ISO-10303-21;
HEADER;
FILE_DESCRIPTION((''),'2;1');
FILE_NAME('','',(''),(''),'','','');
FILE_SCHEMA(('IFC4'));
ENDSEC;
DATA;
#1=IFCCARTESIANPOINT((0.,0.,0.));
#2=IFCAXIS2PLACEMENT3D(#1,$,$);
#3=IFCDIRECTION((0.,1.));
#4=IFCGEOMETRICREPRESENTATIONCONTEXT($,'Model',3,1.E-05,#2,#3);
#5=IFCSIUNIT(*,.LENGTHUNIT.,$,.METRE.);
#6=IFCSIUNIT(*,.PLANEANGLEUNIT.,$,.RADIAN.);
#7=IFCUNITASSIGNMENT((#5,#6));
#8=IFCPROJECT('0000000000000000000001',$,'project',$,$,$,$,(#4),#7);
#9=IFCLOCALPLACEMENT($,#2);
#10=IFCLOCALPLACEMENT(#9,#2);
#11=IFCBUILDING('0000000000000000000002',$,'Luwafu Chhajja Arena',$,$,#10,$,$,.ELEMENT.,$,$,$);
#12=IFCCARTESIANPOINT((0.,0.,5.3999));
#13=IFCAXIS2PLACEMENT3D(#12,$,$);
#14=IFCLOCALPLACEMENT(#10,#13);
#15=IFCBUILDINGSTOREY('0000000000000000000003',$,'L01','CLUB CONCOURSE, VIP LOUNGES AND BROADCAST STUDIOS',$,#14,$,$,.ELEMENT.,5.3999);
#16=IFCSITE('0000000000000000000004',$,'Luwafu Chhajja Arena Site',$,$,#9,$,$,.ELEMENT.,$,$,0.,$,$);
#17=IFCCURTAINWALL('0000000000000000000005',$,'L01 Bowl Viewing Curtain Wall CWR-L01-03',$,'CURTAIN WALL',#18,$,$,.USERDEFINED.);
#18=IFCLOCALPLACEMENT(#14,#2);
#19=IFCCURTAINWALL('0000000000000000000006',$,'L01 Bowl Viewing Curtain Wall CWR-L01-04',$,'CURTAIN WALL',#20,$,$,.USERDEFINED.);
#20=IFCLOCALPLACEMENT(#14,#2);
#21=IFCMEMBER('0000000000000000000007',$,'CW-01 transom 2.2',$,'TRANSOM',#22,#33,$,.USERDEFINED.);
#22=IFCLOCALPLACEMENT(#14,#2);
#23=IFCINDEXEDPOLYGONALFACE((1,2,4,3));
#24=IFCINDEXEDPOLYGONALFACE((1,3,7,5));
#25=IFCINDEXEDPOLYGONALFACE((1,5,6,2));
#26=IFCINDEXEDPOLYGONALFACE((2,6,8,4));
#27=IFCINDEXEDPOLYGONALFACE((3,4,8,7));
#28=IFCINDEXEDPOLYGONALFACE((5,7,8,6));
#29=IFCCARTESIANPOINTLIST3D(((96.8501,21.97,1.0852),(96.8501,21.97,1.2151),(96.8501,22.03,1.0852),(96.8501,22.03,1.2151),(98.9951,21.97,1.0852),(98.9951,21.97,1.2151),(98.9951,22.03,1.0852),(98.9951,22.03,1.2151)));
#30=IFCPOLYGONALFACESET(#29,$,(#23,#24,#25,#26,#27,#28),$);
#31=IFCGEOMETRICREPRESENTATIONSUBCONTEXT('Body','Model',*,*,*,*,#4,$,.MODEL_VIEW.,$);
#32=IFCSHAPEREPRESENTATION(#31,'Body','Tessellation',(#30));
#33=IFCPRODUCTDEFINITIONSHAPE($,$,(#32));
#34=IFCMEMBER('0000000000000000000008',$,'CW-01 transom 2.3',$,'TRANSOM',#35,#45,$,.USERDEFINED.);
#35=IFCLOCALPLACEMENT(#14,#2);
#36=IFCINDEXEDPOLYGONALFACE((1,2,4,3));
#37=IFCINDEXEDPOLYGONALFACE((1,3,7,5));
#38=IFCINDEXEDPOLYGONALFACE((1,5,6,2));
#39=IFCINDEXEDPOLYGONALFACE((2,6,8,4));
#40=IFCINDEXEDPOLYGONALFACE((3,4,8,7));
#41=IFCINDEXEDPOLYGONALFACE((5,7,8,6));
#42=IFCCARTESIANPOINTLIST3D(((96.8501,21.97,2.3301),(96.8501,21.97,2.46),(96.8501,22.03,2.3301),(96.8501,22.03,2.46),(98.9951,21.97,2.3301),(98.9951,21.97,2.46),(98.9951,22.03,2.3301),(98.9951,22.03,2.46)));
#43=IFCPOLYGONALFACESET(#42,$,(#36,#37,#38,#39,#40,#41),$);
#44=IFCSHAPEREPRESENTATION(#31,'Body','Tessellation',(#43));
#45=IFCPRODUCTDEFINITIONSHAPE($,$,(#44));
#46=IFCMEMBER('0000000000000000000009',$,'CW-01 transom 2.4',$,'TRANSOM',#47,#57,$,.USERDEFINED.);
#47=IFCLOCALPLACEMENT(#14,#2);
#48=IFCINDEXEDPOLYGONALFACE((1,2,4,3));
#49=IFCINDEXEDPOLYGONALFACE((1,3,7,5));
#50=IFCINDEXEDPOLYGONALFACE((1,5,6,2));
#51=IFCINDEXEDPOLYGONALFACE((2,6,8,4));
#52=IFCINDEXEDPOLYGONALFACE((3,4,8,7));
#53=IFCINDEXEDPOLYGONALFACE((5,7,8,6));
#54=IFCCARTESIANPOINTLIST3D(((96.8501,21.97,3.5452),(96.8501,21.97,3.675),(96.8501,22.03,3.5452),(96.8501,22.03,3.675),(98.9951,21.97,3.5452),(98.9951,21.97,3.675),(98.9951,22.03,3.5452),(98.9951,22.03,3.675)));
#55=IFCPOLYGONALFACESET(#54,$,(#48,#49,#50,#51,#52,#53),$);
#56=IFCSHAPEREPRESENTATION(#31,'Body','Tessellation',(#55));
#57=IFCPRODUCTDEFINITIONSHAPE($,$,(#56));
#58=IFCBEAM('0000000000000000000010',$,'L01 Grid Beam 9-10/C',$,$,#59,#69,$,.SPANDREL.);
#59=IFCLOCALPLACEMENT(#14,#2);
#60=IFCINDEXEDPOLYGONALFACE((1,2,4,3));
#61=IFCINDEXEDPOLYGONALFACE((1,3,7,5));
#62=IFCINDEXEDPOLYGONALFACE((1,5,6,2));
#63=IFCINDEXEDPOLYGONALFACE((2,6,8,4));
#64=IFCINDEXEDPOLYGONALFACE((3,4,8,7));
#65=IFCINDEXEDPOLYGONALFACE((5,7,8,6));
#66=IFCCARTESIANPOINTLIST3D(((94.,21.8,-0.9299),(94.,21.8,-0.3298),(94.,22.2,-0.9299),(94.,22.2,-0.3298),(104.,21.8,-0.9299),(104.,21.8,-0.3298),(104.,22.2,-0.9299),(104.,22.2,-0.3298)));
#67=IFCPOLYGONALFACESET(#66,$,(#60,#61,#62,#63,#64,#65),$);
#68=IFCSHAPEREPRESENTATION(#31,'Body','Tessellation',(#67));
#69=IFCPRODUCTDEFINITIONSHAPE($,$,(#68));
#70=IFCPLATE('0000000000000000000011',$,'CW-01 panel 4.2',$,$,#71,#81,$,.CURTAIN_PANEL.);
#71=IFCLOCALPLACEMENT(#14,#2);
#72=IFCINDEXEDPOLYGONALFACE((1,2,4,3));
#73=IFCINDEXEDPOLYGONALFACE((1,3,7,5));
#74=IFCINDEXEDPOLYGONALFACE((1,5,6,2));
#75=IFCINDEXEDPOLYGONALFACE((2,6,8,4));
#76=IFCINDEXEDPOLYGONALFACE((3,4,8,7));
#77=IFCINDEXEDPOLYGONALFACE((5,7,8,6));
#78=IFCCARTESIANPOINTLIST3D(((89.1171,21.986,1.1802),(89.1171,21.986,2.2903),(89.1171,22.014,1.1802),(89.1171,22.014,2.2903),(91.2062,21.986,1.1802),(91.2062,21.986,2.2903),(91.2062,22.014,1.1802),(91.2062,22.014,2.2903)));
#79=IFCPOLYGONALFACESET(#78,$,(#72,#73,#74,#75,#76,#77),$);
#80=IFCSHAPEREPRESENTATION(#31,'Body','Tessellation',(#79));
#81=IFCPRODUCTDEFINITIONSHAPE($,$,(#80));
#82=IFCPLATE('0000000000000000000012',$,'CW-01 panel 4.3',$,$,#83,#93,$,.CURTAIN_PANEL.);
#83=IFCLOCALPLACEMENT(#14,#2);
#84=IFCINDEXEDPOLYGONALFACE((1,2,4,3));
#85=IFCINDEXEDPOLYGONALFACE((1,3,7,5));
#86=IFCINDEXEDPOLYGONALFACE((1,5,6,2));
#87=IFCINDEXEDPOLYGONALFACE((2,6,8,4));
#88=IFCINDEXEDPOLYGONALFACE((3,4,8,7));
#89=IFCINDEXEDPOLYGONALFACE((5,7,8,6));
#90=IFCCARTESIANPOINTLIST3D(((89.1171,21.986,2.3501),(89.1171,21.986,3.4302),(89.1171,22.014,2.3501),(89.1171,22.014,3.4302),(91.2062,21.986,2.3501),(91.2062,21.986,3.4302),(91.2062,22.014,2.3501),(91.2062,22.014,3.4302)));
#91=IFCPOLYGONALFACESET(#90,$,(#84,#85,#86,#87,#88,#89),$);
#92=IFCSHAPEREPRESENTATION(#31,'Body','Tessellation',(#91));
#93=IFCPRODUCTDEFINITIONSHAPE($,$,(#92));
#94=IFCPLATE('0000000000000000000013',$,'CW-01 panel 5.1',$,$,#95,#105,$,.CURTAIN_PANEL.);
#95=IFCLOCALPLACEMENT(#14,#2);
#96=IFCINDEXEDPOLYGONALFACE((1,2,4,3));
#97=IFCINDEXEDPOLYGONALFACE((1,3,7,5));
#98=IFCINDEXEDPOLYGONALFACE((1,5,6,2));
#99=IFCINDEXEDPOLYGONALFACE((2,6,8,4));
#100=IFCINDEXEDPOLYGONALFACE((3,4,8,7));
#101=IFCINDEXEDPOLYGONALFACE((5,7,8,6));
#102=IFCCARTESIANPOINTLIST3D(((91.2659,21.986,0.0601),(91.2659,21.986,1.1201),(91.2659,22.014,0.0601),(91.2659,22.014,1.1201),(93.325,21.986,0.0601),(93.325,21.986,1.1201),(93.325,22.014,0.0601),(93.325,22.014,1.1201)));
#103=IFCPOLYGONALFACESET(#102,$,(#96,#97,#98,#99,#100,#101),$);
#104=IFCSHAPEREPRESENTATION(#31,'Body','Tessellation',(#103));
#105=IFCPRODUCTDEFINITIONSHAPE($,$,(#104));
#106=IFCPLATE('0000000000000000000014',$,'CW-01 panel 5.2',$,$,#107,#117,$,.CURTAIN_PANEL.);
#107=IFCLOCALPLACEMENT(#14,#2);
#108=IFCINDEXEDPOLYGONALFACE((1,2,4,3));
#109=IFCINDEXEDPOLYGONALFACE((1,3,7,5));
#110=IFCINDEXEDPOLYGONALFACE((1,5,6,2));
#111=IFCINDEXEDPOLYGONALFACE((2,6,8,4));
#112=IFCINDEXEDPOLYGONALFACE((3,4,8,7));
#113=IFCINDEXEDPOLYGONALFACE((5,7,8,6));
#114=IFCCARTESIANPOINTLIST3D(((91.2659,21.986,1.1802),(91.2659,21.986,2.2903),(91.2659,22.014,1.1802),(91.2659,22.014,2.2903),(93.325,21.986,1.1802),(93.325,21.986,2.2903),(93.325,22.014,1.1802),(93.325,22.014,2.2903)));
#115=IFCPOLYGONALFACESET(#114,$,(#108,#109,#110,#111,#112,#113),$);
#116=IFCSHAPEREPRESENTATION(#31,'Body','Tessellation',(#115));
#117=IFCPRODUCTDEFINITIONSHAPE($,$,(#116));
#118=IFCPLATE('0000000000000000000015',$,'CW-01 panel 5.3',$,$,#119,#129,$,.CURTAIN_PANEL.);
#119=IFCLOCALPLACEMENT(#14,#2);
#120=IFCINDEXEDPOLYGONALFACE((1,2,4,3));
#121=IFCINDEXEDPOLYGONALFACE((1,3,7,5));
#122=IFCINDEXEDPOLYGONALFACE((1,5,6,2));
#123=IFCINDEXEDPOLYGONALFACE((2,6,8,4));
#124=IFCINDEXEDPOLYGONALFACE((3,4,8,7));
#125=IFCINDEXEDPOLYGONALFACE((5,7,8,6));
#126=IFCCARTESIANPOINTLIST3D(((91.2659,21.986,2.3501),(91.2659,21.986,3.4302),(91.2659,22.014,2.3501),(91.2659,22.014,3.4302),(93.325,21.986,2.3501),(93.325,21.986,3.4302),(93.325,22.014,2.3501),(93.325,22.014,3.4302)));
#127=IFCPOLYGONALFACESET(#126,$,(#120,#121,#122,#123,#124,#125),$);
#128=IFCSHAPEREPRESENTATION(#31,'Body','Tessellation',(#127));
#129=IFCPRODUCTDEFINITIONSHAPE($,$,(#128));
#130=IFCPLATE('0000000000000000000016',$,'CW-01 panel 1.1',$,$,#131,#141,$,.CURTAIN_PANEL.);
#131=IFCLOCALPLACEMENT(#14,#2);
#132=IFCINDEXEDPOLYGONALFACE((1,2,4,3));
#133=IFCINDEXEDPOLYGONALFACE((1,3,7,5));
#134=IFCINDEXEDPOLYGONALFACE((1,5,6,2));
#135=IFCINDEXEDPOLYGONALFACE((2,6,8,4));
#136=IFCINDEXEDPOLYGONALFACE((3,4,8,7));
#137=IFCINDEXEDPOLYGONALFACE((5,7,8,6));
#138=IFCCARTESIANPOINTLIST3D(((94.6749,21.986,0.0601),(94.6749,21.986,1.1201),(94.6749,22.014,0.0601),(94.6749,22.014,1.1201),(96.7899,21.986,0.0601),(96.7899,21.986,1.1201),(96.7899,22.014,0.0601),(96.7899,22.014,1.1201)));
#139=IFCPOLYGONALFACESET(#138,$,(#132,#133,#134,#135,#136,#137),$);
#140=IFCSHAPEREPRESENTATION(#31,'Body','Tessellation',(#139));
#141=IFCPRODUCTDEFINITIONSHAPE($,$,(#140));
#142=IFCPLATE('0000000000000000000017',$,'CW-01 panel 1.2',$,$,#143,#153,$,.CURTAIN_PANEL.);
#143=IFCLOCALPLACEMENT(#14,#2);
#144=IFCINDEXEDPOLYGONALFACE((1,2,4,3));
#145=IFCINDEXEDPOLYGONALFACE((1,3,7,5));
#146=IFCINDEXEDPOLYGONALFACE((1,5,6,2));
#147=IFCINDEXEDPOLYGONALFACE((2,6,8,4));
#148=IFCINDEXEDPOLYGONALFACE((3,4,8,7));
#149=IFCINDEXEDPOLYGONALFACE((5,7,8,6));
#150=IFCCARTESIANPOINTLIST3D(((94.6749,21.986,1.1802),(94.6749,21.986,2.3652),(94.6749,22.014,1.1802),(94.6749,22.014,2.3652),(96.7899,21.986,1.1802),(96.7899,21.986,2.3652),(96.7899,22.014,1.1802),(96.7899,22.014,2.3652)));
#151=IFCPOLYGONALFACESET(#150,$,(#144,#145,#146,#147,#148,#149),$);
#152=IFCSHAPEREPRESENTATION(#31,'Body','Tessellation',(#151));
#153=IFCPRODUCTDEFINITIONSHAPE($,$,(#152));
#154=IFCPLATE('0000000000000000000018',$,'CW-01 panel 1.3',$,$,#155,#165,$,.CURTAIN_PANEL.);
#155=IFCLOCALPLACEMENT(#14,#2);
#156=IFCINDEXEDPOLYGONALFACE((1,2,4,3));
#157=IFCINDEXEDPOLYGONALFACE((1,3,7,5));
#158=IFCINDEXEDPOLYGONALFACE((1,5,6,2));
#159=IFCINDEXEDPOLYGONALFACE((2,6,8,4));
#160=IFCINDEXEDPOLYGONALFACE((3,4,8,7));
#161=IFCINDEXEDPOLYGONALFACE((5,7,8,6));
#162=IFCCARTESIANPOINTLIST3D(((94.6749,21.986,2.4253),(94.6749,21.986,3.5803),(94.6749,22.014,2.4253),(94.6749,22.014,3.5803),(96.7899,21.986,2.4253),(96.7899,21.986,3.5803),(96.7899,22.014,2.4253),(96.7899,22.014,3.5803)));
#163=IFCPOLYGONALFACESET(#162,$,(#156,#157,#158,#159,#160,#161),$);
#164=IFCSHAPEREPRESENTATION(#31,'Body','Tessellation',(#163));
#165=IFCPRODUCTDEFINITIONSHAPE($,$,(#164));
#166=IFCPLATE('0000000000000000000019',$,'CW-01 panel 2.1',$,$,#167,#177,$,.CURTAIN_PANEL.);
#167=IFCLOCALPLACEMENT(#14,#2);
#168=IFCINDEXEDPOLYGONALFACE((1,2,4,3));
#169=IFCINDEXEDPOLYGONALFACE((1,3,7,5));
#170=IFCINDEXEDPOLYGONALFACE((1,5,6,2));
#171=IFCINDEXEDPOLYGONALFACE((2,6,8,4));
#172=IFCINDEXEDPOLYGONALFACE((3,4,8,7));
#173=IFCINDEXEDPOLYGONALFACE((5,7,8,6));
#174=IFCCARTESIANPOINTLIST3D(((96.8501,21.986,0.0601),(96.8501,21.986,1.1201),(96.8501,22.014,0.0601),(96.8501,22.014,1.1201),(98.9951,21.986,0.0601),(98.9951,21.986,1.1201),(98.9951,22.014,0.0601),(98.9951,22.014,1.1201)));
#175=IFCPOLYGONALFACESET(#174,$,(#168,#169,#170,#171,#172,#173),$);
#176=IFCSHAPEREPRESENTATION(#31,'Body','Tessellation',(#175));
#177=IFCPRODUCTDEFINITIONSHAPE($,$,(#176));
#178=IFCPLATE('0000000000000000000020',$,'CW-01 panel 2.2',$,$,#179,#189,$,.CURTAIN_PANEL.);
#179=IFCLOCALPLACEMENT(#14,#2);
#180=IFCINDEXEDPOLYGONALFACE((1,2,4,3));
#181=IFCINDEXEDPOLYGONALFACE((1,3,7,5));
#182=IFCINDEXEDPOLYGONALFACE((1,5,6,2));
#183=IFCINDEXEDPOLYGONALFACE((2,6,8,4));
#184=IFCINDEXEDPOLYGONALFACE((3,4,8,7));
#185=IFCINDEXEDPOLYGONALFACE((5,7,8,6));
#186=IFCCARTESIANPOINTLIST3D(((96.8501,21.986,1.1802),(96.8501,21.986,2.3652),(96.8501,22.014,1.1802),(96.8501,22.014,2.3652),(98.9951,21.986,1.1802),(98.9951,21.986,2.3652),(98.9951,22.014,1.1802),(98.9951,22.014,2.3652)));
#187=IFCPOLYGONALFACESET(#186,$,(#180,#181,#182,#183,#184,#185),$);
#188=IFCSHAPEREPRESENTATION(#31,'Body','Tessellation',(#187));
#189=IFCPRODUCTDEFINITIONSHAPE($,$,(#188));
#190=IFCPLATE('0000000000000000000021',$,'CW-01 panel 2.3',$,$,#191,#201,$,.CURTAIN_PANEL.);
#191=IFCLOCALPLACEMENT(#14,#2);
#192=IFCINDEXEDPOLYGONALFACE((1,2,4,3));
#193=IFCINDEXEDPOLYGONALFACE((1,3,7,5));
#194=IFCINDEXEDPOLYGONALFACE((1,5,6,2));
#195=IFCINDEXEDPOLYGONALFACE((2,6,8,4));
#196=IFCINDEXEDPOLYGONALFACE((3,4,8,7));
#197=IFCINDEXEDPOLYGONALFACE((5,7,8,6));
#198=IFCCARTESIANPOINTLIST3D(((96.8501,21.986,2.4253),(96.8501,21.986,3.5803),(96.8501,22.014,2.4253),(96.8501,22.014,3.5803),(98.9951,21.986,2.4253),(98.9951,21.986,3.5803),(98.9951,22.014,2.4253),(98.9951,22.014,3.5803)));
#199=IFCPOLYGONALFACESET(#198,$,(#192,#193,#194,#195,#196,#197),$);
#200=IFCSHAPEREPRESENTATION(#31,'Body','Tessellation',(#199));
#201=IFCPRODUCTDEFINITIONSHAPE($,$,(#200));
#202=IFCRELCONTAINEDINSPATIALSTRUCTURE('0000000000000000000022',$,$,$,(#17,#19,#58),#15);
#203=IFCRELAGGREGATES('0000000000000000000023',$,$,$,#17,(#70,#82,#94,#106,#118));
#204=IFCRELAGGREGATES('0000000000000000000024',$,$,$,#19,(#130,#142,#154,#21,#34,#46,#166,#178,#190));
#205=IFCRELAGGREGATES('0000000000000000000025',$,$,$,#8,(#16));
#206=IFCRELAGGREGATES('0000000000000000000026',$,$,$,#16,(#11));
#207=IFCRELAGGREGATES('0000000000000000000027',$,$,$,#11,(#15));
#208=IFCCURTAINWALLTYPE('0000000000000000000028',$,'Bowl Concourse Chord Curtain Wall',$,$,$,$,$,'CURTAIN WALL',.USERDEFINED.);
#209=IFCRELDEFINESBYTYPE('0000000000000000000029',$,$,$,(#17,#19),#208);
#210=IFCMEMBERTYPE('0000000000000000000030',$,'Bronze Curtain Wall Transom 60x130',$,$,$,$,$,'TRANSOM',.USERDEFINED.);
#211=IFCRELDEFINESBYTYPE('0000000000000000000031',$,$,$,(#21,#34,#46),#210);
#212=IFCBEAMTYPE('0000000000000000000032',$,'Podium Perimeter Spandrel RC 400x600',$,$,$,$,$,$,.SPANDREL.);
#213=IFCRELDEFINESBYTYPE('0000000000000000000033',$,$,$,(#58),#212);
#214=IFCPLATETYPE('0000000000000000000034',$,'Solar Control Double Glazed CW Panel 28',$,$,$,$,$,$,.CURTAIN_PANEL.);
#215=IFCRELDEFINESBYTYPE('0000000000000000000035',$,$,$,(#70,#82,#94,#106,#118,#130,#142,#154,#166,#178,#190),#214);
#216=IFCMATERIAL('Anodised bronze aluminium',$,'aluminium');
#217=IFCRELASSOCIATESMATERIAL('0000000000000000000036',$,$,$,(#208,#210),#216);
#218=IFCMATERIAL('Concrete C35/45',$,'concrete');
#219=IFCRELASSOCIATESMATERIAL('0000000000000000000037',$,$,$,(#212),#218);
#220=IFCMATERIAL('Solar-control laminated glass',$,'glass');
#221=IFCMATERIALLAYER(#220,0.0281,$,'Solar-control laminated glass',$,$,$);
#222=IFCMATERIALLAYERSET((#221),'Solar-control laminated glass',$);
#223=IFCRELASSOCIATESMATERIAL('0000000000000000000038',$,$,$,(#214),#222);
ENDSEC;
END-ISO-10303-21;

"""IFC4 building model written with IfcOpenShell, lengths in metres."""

from ifc_helpers import new_model, si_unit, direction, frame, origin, origin_2d, place, context, subcontext, project, spatial, rectangle, extrude, material, layer, layer_set, material_profile, profile_set, type_object, element, aggregate, save


model = new_model("IFC4")

# Units and contexts
model_context = context("Model", 3, precision=1e-05, world=origin(), true_north=direction((0.0, 1.0)))
body_context = subcontext(model_context, "Body", "Model", "MODEL_VIEW")
ifc_project = project(units=[si_unit("LENGTHUNIT", "METRE"), si_unit("PLANEANGLEUNIT", "RADIAN")], contexts=[model_context])

# Site, building, storey
site_placement = place(None, origin())
site = spatial("IfcSite", under=ifc_project, at=site_placement, Name="Luwafu Chhajja Arena Site", CompositionType="ELEMENT", RefElevation=0.0)
building_placement = place(site_placement, origin())
building = spatial("IfcBuilding", under=site, at=building_placement, Name="Luwafu Chhajja Arena", CompositionType="ELEMENT")
storey_placement = place(building_placement, frame((0.0, 0.0, 5.3999)))
storey = spatial("IfcBuildingStorey", under=building, at=storey_placement, Name="L01", Description="CLUB CONCOURSE, VIP LOUNGES AND BROADCAST STUDIOS", CompositionType="ELEMENT", Elevation=5.3999)

# Curtain walls
ifc_material_1 = material(Name="Anodised bronze aluminium", Category="aluminium")
curtain_wall_type = type_object("IfcCurtainWallType", Name="Bowl Concourse Chord Curtain Wall", ElementType="CURTAIN WALL", PredefinedType="USERDEFINED", material=ifc_material_1)
curtain_wall_1_placement = place(storey_placement, origin())
curtain_wall_1 = element("IfcCurtainWall", 1, at=curtain_wall_1_placement, inside=storey, type_object=curtain_wall_type, Name="L01 Bowl Viewing Curtain Wall CWR-L01-03", ObjectType="CURTAIN WALL", PredefinedType="USERDEFINED")
curtain_wall_2_placement = place(storey_placement, origin())
curtain_wall_2 = element("IfcCurtainWall", 2, at=curtain_wall_2_placement, inside=storey, type_object=curtain_wall_type, Name="L01 Bowl Viewing Curtain Wall CWR-L01-04", ObjectType="CURTAIN WALL", PredefinedType="USERDEFINED")

# Members
ifc_material_profile_1 = material_profile(ifc_material_1, rectangle(XDim=0.0601, YDim=0.1299, at=origin_2d()), Name="CWT 60x130")
ifc_profile_set_1 = profile_set([ifc_material_profile_1], Name="Anodised bronze aluminium")
member_type_1 = type_object("IfcMemberType", Name="Bronze Curtain Wall Transom 60x130", ElementType="TRANSOM", PredefinedType="USERDEFINED", material=ifc_profile_set_1)
member_1_placement = place(storey_placement, frame((96.8501, 22.0, 1.1501), z_axis=(1.0, 0.0, 0.0), x_axis=(0.0, 1.0, 0.0)))
member_1 = element("IfcMember", 3, at=member_1_placement, type_object=member_type_1, Name="CW-01 transom 2.2", ObjectType="TRANSOM", PredefinedType="USERDEFINED", context=body_context, shape_type="SweptSolid", body=[
    extrude(rectangle(XDim=0.0601, YDim=0.1299, at=origin_2d()), origin(), (0.0, 0.0, 1.0), 2.145),
])
member_2_placement = place(storey_placement, frame((96.8501, 22.0, 2.395), z_axis=(1.0, 0.0, 0.0), x_axis=(0.0, 1.0, 0.0)))
member_2 = element("IfcMember", 4, at=member_2_placement, type_object=member_type_1, Name="CW-01 transom 2.3", ObjectType="TRANSOM", PredefinedType="USERDEFINED", context=body_context, shape_type="SweptSolid", body=[
    extrude(rectangle(XDim=0.0601, YDim=0.1299, at=origin_2d()), origin(), (0.0, 0.0, 1.0), 2.145),
])
member_3_placement = place(storey_placement, frame((96.8501, 22.0, 3.6101), z_axis=(1.0, 0.0, 0.0), x_axis=(0.0, 1.0, 0.0)))
member_3 = element("IfcMember", 5, at=member_3_placement, type_object=member_type_1, Name="CW-01 transom 2.4", ObjectType="TRANSOM", PredefinedType="USERDEFINED", context=body_context, shape_type="SweptSolid", body=[
    extrude(rectangle(XDim=0.0601, YDim=0.1299, at=origin_2d()), origin(), (0.0, 0.0, 1.0), 2.145),
])

# Beam
ifc_material_2 = material(Name="Concrete C35/45", Category="concrete")
ifc_material_profile_2 = material_profile(ifc_material_2, rectangle(XDim=0.3999, YDim=0.6001, at=origin_2d()), Name="RC 400x600")
ifc_profile_set_2 = profile_set([ifc_material_profile_2], Name="Concrete C35/45")
beam_type = type_object("IfcBeamType", Name="Podium Perimeter Spandrel RC 400x600", PredefinedType="SPANDREL", material=ifc_profile_set_2)
beam_placement = place(storey_placement, frame((94.0, 22.0, -0.6299), z_axis=(1.0, 0.0, 0.0), x_axis=(0.0, 1.0, 0.0)))
element("IfcBeam", 6, at=beam_placement, inside=storey, type_object=beam_type, Name="L01 Grid Beam 9-10/C", PredefinedType="SPANDREL", context=body_context, shape_type="SweptSolid", body=[
    extrude(rectangle(XDim=0.3999, YDim=0.6001, at=origin_2d()), origin(), (0.0, 0.0, 1.0), 10.0),
])

# Plates
ifc_material_3 = material(Name="Solar-control laminated glass", Category="glass")
ifc_layer = layer(ifc_material_3, 0.0281, Name="Solar-control laminated glass")
ifc_layer_set = layer_set([ifc_layer], Name="Solar-control laminated glass")
plate_type = type_object("IfcPlateType", Name="Solar Control Double Glazed CW Panel 28", PredefinedType="CURTAIN_PANEL", material=ifc_layer_set)
plate_1_placement = place(storey_placement, frame((90.1616, 22.0, 1.1802), z_axis=(0.0, 0.0, 1.0), x_axis=(1.0, 0.0, 0.0)))
plate_1 = element("IfcPlate", 7, at=plate_1_placement, type_object=plate_type, Name="CW-01 panel 4.2", PredefinedType="CURTAIN_PANEL", context=body_context, shape_type="SweptSolid", body=[
    extrude(rectangle(XDim=2.0891, YDim=0.0281, at=origin_2d()), origin(), (0.0, 0.0, 1.0), 1.1101),
])
plate_2_placement = place(storey_placement, frame((90.1616, 22.0, 2.3501), z_axis=(0.0, 0.0, 1.0), x_axis=(1.0, 0.0, 0.0)))
plate_2 = element("IfcPlate", 8, at=plate_2_placement, type_object=plate_type, Name="CW-01 panel 4.3", PredefinedType="CURTAIN_PANEL", context=body_context, shape_type="SweptSolid", body=[
    extrude(rectangle(XDim=2.0891, YDim=0.0281, at=origin_2d()), origin(), (0.0, 0.0, 1.0), 1.0801),
])
plate_3_placement = place(storey_placement, frame((92.2954, 22.0, 0.0601), z_axis=(0.0, 0.0, 1.0), x_axis=(1.0, 0.0, 0.0)))
plate_3 = element("IfcPlate", 9, at=plate_3_placement, type_object=plate_type, Name="CW-01 panel 5.1", PredefinedType="CURTAIN_PANEL", context=body_context, shape_type="SweptSolid", body=[
    extrude(rectangle(XDim=2.0591, YDim=0.0281, at=origin_2d()), origin(), (0.0, 0.0, 1.0), 1.0601),
])
plate_4_placement = place(storey_placement, frame((92.2954, 22.0, 1.1802), z_axis=(0.0, 0.0, 1.0), x_axis=(1.0, 0.0, 0.0)))
plate_4 = element("IfcPlate", 10, at=plate_4_placement, type_object=plate_type, Name="CW-01 panel 5.2", PredefinedType="CURTAIN_PANEL", context=body_context, shape_type="SweptSolid", body=[
    extrude(rectangle(XDim=2.0591, YDim=0.0281, at=origin_2d()), origin(), (0.0, 0.0, 1.0), 1.1101),
])
plate_5_placement = place(storey_placement, frame((92.2954, 22.0, 2.3501), z_axis=(0.0, 0.0, 1.0), x_axis=(1.0, 0.0, 0.0)))
plate_5 = element("IfcPlate", 11, at=plate_5_placement, type_object=plate_type, Name="CW-01 panel 5.3", PredefinedType="CURTAIN_PANEL", context=body_context, shape_type="SweptSolid", body=[
    extrude(rectangle(XDim=2.0591, YDim=0.0281, at=origin_2d()), origin(), (0.0, 0.0, 1.0), 1.0801),
])
aggregate(curtain_wall_1, [plate_1, plate_2, plate_3, plate_4, plate_5])
plate_6_placement = place(storey_placement, frame((95.7324, 22.0, 0.0601), z_axis=(0.0, 0.0, 1.0), x_axis=(1.0, 0.0, 0.0)))
plate_6 = element("IfcPlate", 12, at=plate_6_placement, type_object=plate_type, Name="CW-01 panel 1.1", PredefinedType="CURTAIN_PANEL", context=body_context, shape_type="SweptSolid", body=[
    extrude(rectangle(XDim=2.115, YDim=0.0281, at=origin_2d()), origin(), (0.0, 0.0, 1.0), 1.0601),
])
plate_7_placement = place(storey_placement, frame((95.7324, 22.0, 1.1802), z_axis=(0.0, 0.0, 1.0), x_axis=(1.0, 0.0, 0.0)))
plate_7 = element("IfcPlate", 13, at=plate_7_placement, type_object=plate_type, Name="CW-01 panel 1.2", PredefinedType="CURTAIN_PANEL", context=body_context, shape_type="SweptSolid", body=[
    extrude(rectangle(XDim=2.115, YDim=0.0281, at=origin_2d()), origin(), (0.0, 0.0, 1.0), 1.1851),
])
plate_8_placement = place(storey_placement, frame((95.7324, 22.0, 2.4253), z_axis=(0.0, 0.0, 1.0), x_axis=(1.0, 0.0, 0.0)))
plate_8 = element("IfcPlate", 14, at=plate_8_placement, type_object=plate_type, Name="CW-01 panel 1.3", PredefinedType="CURTAIN_PANEL", context=body_context, shape_type="SweptSolid", body=[
    extrude(rectangle(XDim=2.115, YDim=0.0281, at=origin_2d()), origin(), (0.0, 0.0, 1.0), 1.155),
])
plate_9_placement = place(storey_placement, frame((97.9226, 22.0, 0.0601), z_axis=(0.0, 0.0, 1.0), x_axis=(1.0, 0.0, 0.0)))
plate_9 = element("IfcPlate", 15, at=plate_9_placement, type_object=plate_type, Name="CW-01 panel 2.1", PredefinedType="CURTAIN_PANEL", context=body_context, shape_type="SweptSolid", body=[
    extrude(rectangle(XDim=2.145, YDim=0.0281, at=origin_2d()), origin(), (0.0, 0.0, 1.0), 1.0601),
])
plate_10_placement = place(storey_placement, frame((97.9226, 22.0, 1.1802), z_axis=(0.0, 0.0, 1.0), x_axis=(1.0, 0.0, 0.0)))
plate_10 = element("IfcPlate", 16, at=plate_10_placement, type_object=plate_type, Name="CW-01 panel 2.2", PredefinedType="CURTAIN_PANEL", context=body_context, shape_type="SweptSolid", body=[
    extrude(rectangle(XDim=2.145, YDim=0.0281, at=origin_2d()), origin(), (0.0, 0.0, 1.0), 1.1851),
])
plate_11_placement = place(storey_placement, frame((97.9226, 22.0, 2.4253), z_axis=(0.0, 0.0, 1.0), x_axis=(1.0, 0.0, 0.0)))
plate_11 = element("IfcPlate", 17, at=plate_11_placement, type_object=plate_type, Name="CW-01 panel 2.3", PredefinedType="CURTAIN_PANEL", context=body_context, shape_type="SweptSolid", body=[
    extrude(rectangle(XDim=2.145, YDim=0.0281, at=origin_2d()), origin(), (0.0, 0.0, 1.0), 1.155),
])
aggregate(curtain_wall_2, [plate_6, plate_7, plate_8, member_1, member_2, member_3, plate_9, plate_10, plate_11])

save(model, "model.ifc")
